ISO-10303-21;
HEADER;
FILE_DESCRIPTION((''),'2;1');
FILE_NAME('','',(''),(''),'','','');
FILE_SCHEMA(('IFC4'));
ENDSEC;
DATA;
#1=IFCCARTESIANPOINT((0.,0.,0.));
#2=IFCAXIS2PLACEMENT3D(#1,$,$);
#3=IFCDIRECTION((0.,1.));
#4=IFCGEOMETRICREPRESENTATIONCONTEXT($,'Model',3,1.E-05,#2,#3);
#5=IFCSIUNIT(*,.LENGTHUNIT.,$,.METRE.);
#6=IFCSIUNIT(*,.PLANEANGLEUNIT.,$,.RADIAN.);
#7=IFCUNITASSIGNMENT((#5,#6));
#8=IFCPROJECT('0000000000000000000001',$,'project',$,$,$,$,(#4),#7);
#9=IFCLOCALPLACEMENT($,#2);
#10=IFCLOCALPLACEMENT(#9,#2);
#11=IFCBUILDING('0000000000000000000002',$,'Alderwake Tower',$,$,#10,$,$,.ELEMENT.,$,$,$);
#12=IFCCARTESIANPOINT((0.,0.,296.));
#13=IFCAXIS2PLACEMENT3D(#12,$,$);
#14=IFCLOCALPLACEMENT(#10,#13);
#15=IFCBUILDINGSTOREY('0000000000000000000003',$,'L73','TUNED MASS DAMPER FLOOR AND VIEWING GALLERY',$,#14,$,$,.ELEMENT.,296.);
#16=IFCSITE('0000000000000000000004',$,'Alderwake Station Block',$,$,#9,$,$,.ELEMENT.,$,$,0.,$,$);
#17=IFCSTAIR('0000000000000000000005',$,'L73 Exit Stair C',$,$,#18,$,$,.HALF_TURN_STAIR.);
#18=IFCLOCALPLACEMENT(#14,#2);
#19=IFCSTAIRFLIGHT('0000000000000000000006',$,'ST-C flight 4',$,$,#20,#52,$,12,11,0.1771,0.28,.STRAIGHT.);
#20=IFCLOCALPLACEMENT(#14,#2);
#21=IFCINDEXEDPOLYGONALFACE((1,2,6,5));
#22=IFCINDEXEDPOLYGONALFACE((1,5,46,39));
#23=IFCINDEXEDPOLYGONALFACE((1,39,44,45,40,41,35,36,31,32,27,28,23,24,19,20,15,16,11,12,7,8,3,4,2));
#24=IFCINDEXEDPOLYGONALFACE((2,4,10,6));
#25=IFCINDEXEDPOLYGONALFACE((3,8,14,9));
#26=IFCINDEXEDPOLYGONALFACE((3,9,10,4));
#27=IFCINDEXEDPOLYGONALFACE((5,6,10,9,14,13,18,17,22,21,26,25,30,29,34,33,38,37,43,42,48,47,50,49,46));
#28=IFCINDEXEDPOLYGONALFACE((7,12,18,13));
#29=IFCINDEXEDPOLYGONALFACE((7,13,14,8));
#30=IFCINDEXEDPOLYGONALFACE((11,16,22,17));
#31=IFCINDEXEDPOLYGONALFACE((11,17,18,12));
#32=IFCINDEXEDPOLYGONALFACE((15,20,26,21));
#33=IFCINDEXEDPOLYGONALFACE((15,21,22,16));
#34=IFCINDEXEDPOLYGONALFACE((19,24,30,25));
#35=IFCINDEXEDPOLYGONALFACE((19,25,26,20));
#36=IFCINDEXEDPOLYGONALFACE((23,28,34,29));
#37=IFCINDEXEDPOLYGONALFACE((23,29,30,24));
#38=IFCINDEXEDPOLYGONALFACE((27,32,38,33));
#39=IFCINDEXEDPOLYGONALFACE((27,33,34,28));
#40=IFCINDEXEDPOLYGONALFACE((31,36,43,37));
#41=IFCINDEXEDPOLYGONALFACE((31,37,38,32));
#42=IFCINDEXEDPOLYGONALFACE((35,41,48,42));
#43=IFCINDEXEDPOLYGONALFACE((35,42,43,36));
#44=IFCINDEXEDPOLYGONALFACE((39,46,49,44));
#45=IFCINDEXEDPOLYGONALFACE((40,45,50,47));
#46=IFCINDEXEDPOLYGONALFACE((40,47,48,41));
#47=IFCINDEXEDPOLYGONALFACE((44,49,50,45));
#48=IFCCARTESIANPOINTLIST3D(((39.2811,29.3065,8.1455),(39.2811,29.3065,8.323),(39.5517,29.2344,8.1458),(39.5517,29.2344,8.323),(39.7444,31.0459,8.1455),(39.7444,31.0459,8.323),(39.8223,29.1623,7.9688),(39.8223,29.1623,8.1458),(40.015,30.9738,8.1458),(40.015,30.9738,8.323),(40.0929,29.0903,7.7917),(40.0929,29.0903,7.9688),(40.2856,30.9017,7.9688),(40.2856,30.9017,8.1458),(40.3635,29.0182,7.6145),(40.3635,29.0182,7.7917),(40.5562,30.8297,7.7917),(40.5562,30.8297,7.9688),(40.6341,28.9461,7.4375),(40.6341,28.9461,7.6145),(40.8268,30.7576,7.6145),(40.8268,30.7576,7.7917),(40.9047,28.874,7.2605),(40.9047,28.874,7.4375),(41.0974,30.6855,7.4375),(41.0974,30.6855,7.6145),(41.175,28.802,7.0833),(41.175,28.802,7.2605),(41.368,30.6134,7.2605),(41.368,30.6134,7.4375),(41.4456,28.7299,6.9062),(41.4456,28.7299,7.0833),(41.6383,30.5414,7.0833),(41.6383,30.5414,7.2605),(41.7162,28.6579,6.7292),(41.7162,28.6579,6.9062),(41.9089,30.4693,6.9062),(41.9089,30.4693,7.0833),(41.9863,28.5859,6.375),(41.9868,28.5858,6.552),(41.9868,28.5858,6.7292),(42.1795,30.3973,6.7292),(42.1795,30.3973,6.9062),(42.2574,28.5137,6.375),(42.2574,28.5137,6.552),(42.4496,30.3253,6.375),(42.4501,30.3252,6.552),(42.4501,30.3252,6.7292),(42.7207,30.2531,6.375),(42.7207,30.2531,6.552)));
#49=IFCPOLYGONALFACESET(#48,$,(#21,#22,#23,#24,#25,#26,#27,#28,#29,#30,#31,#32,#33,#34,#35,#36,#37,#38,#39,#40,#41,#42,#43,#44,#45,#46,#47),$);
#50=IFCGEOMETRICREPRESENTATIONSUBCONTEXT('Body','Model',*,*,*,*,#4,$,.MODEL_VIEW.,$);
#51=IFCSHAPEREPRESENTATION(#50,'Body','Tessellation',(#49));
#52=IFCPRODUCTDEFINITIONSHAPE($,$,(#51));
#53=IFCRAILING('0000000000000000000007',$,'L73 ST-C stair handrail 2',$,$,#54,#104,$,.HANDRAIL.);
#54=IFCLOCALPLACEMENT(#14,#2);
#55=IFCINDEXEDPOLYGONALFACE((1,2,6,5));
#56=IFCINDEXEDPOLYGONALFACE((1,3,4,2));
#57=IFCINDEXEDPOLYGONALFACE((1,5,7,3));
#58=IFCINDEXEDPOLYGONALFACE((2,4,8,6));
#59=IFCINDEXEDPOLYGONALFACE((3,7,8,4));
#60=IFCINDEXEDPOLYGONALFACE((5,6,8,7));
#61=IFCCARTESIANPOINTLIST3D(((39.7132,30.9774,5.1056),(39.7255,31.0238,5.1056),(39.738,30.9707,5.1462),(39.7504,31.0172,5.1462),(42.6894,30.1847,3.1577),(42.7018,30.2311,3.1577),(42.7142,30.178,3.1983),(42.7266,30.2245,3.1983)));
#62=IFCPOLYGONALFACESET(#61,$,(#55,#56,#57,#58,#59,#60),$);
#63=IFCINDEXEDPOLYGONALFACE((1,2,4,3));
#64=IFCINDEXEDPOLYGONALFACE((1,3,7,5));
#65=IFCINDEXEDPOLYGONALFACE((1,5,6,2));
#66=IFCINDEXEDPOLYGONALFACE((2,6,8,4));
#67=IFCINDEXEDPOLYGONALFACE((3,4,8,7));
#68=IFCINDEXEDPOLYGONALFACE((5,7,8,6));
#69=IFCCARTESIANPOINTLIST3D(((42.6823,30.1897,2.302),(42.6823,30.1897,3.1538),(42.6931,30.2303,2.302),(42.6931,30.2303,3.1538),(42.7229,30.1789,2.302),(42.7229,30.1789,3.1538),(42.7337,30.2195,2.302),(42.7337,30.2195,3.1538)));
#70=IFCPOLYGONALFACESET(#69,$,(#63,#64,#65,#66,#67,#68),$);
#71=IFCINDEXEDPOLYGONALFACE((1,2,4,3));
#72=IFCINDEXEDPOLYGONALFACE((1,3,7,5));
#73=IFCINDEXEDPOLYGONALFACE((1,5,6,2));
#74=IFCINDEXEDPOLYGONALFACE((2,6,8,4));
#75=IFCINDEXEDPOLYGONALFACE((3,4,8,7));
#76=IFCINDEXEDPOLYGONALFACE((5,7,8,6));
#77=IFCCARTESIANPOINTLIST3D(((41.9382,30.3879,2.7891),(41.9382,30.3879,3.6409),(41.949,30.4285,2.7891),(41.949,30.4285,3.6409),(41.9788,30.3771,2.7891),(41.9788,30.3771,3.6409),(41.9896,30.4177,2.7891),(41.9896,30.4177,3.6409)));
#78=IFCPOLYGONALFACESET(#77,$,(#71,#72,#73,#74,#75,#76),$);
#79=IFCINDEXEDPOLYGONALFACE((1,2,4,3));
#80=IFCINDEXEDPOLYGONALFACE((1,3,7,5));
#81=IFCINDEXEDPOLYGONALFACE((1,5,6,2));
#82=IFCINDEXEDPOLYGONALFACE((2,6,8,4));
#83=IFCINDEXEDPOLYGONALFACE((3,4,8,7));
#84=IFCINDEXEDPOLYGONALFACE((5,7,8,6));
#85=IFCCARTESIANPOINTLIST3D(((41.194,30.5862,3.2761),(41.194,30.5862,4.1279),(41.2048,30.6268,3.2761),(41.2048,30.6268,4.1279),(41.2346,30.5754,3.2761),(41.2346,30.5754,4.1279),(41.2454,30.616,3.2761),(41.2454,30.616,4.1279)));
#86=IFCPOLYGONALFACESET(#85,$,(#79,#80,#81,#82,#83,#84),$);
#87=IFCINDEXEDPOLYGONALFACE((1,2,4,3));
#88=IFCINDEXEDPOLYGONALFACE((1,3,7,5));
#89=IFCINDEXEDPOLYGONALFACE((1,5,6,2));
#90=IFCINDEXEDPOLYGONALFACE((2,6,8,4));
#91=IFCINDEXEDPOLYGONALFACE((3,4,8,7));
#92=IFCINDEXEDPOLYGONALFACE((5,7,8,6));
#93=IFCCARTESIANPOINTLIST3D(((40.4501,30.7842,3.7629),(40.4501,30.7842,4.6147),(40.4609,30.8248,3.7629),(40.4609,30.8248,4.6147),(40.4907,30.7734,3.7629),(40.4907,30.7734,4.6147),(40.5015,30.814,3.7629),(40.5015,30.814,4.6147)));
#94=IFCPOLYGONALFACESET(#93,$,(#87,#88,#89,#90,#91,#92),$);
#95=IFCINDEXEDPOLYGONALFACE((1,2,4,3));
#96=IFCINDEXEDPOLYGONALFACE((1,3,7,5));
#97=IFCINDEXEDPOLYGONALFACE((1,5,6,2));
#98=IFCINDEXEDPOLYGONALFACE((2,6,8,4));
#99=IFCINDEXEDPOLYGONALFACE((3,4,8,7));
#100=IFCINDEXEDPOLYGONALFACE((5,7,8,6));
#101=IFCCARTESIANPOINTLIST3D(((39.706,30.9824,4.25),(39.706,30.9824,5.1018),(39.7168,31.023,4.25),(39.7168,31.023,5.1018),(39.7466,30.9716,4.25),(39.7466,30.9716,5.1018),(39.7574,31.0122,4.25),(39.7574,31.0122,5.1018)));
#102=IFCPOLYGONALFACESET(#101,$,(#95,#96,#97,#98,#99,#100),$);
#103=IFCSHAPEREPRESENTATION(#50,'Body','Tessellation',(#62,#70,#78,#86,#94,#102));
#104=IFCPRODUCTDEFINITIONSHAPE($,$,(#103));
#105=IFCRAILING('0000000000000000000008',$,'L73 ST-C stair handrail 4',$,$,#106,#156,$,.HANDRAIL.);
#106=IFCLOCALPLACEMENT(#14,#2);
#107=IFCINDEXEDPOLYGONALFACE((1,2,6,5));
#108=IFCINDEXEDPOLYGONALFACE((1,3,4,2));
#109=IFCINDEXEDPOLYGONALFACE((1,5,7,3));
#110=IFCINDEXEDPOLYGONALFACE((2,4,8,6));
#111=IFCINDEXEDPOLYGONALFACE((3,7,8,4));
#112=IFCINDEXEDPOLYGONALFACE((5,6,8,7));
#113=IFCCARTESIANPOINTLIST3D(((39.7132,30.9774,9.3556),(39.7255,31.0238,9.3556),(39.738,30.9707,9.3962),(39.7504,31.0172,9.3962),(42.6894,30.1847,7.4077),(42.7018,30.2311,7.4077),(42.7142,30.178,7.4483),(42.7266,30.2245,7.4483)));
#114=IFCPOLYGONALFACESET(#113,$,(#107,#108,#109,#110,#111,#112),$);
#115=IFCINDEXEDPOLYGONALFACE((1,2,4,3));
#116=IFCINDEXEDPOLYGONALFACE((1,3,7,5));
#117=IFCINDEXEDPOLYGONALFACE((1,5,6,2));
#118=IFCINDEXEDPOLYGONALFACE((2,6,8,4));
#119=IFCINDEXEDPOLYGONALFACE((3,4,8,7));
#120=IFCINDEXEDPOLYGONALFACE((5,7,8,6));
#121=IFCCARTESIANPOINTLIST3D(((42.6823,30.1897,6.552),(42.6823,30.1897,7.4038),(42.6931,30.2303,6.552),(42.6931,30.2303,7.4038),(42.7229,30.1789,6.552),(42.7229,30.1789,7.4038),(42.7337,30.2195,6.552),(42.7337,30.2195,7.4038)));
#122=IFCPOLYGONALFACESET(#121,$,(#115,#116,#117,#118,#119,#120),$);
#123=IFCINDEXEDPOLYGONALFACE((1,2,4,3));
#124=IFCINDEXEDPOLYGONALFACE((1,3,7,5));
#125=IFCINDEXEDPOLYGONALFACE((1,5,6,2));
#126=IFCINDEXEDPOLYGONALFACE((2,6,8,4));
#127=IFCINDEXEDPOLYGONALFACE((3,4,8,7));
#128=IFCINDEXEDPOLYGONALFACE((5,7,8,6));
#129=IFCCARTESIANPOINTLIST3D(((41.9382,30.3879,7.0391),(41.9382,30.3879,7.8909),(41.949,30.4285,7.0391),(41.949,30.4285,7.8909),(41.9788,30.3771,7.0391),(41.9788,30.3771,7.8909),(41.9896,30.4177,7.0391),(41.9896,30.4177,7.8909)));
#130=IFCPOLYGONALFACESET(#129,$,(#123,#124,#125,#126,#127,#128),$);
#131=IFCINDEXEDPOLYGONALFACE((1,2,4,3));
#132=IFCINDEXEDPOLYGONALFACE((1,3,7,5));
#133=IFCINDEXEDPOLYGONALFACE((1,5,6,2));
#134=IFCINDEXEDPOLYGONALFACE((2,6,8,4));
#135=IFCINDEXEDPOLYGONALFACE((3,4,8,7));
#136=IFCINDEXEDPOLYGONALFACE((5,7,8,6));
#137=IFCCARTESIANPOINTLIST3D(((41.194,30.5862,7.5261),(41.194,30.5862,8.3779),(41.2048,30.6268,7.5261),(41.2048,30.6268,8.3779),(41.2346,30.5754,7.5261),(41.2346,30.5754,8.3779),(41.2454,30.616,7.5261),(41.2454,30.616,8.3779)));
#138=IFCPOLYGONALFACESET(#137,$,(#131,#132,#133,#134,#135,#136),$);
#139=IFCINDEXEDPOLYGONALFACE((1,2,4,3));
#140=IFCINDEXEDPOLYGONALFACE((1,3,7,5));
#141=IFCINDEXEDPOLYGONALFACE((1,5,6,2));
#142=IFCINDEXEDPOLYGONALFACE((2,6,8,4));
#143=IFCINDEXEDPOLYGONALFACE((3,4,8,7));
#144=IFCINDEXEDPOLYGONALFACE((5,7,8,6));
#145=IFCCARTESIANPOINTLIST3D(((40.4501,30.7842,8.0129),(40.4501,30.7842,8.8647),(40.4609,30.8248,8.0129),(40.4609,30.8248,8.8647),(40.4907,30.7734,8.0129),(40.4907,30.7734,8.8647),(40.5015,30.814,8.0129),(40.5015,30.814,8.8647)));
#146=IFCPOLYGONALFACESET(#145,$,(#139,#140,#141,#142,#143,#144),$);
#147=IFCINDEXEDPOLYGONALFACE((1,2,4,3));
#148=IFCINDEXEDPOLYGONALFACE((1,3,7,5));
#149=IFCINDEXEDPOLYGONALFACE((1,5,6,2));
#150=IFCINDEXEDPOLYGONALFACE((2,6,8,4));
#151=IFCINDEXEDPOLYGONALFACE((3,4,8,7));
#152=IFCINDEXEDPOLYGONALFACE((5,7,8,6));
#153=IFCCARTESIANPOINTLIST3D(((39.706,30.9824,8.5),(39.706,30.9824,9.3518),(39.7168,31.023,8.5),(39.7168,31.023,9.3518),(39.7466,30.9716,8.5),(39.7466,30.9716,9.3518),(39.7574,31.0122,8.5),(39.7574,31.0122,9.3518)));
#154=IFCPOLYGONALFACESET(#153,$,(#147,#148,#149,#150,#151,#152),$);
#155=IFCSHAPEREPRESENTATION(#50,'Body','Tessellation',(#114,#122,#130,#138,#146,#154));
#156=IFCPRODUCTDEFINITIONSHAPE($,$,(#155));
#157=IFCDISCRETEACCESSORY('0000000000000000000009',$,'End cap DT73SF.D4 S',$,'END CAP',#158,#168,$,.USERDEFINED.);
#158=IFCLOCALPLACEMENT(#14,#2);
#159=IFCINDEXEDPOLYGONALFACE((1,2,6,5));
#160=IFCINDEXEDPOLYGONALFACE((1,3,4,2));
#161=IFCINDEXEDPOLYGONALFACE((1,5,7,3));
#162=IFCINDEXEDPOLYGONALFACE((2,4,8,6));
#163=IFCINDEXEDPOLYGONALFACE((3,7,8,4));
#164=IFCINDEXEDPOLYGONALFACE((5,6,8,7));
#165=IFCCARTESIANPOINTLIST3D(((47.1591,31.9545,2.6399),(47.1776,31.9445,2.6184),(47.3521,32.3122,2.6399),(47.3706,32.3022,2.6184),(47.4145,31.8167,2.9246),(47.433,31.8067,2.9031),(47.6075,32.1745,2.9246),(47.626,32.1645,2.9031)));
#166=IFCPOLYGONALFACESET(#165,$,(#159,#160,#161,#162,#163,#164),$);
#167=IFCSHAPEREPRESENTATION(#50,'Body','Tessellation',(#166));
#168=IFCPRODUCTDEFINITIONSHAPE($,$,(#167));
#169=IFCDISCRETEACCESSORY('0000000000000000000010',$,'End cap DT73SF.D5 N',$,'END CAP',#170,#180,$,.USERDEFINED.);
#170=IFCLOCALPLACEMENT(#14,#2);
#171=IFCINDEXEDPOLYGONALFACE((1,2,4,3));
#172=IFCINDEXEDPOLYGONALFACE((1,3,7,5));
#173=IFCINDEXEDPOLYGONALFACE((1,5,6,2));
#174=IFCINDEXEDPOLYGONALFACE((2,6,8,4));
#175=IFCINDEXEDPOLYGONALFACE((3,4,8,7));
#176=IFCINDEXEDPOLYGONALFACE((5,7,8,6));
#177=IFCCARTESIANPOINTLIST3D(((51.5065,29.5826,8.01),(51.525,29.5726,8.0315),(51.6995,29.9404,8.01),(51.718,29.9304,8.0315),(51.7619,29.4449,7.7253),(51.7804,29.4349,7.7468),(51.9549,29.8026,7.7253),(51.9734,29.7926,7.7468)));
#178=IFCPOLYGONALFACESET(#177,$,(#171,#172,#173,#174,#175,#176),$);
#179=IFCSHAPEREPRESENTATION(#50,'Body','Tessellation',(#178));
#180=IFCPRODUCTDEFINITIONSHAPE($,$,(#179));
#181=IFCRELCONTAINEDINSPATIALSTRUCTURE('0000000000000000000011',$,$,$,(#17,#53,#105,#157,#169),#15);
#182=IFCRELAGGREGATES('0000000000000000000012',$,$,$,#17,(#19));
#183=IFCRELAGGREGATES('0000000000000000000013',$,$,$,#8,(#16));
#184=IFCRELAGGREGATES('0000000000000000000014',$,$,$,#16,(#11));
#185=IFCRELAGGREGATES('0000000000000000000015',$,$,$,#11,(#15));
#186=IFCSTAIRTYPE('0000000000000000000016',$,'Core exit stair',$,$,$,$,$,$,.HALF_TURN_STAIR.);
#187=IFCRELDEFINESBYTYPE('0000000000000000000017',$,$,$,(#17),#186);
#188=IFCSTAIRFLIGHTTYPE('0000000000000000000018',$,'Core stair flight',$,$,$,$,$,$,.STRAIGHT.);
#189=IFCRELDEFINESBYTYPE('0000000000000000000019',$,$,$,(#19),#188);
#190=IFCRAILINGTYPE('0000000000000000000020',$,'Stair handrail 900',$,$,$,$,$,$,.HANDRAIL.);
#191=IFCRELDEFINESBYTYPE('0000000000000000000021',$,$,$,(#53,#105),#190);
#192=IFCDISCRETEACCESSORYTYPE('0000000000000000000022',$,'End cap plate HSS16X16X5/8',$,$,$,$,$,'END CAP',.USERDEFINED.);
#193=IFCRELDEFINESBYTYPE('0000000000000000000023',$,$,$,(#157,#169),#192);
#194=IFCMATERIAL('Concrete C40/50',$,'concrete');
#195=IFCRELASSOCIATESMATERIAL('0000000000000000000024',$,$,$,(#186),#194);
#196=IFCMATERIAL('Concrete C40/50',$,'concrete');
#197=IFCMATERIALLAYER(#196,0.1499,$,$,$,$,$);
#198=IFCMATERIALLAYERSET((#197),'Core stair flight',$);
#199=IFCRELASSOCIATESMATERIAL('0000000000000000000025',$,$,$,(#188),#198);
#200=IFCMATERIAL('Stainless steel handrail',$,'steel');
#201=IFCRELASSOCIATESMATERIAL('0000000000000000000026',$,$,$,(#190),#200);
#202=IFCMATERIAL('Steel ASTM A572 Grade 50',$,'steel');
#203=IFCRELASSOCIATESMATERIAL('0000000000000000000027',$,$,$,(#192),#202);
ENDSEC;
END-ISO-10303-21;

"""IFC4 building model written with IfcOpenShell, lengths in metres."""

from ifc_helpers import new_model, si_unit, direction, frame, origin, origin_2d, place, context, subcontext, project, spatial, polyline, rectangle, outline, extrude, material, layer, layer_set, material_profile, profile_set, type_object, element, aggregate, save


model = new_model("IFC4")

# Units and contexts
model_context = context("Model", 3, precision=1e-05, world=origin(), true_north=direction((0.0, 1.0)))
body_context = subcontext(model_context, "Body", "Model", "MODEL_VIEW")
ifc_project = project(units=[si_unit("LENGTHUNIT", "METRE"), si_unit("PLANEANGLEUNIT", "RADIAN")], contexts=[model_context])

# Site, building, storey
site_placement = place(None, origin())
site = spatial("IfcSite", under=ifc_project, at=site_placement, Name="Alderwake Station Block", CompositionType="ELEMENT", RefElevation=0.0)
building_placement = place(site_placement, origin())
building = spatial("IfcBuilding", under=site, at=building_placement, Name="Alderwake Tower", CompositionType="ELEMENT")
storey_placement = place(building_placement, frame((0.0, 0.0, 296.0)))
storey = spatial("IfcBuildingStorey", under=building, at=storey_placement, Name="L73", Description="TUNED MASS DAMPER FLOOR AND VIEWING GALLERY", CompositionType="ELEMENT", Elevation=296.0)

# Stair, stair flight
ifc_material_1 = material(Name="Concrete C40/50", Category="concrete")
stair_type = type_object("IfcStairType", Name="Core exit stair", PredefinedType="HALF_TURN_STAIR", material=ifc_material_1)
stair_placement = place(storey_placement, origin())
stair = element("IfcStair", 1, at=stair_placement, inside=storey, type_object=stair_type, Name="L73 Exit Stair C", PredefinedType="HALF_TURN_STAIR")
ifc_material_2 = material(Name="Concrete C40/50", Category="concrete")
ifc_layer_1 = layer(ifc_material_2, 0.1499)
ifc_layer_set_1 = layer_set([ifc_layer_1], Name="Core stair flight")
stair_flight_type = type_object("IfcStairFlightType", Name="Core stair flight", PredefinedType="STRAIGHT", material=ifc_layer_set_1)
stair_flight_1_placement = place(storey_placement, frame((42.489, 29.3833, 6.375), z_axis=(0.0, 0.0, 1.0), x_axis=(-0.96631, 0.257382, 0.0)))
stair_flight_1 = element("IfcStairFlight", 2, at=stair_flight_1_placement, type_object=stair_flight_type, Name="ST-C flight 4", NumberOfRisers=12, NumberOfTreads=11, PredefinedType="STRAIGHT", RiserHeight=0.1771, TreadLength=0.28, context=body_context, shape_type="SweptSolid", body=[
    extrude(outline(polyline([(0.0, 0.0), (0.0, 0.177), (0.28, 0.177), (0.28, 0.3542), (0.5601, 0.3542), (0.5601, 0.5312), (0.8401, 0.5312), (0.8401, 0.7083), (1.1201, 0.7083), (1.1201, 0.8855), (1.3999, 0.8855), (1.3999, 1.0625), (1.6799, 1.0625), (1.6799, 1.2395), (1.96, 1.2395), (1.96, 1.4167), (2.24, 1.4167), (2.24, 1.5938), (2.52, 1.5938), (2.52, 1.7708), (2.8, 1.7708), (2.8, 1.948), (3.0801, 1.948), (3.0801, 2.125), (3.0801, 1.7705), (0.2805, 0.0), (0.0, 0.0)])), frame((0.0, 0.8999, 0.0), z_axis=(0.0, -1.0, 0.0), x_axis=(1.0, 0.0, 0.0)), (0.0, 0.0, 1.0), 1.8),
])
aggregate(stair, [stair_flight_1])

# Railings
ifc_material_3 = material(Name="Stainless steel handrail", Category="steel")
railing_type_1 = type_object("IfcRailingType", Name="Stair handrail 900", PredefinedType="HANDRAIL", material=ifc_material_3)
for number, where, name in (
    (3, (42.708, 30.2046, 2.302), "L73 ST-C stair handrail 2"),
    (4, (42.708, 30.2046, 6.552), "L73 ST-C stair handrail 4"),
):
    element("IfcRailing", number, at=place(storey_placement, frame(where)), inside=storey, type_object=railing_type_1, Name=name, PredefinedType="HANDRAIL", context=body_context, shape_type="SweptSolid", body=[
        extrude(rectangle(XDim=0.0481, YDim=0.0481, at=origin_2d()), frame((0.0, 0.0, 0.876), z_axis=(-0.816685, 0.217519, 0.53452), x_axis=(-0.257372, -0.966313, 0.0)), (0.0, 0.0, 1.0), 3.6443),
        extrude(rectangle(XDim=0.042, YDim=0.042, at=origin_2d()), frame((0.0, 0.0, 0.0), z_axis=(0.0, 0.0, 1.0), x_axis=(-0.966313, 0.257372, 0.0)), (0.0, 0.0, 1.0), 0.8518),
        extrude(rectangle(XDim=0.042, YDim=0.042, at=origin_2d()), frame((-0.7441, 0.1982, 0.4871), z_axis=(0.0, 0.0, 1.0), x_axis=(-0.966313, 0.257372, 0.0)), (0.0, 0.0, 1.0), 0.8518),
        extrude(rectangle(XDim=0.042, YDim=0.042, at=origin_2d()), frame((-1.4883, 0.3965, 0.9741), z_axis=(0.0, 0.0, 1.0), x_axis=(-0.966313, 0.257372, 0.0)), (0.0, 0.0, 1.0), 0.8518),
        extrude(rectangle(XDim=0.042, YDim=0.042, at=origin_2d()), frame((-2.2322, 0.5945, 1.4609), z_axis=(0.0, 0.0, 1.0), x_axis=(-0.966313, 0.257372, 0.0)), (0.0, 0.0, 1.0), 0.8518),
        extrude(rectangle(XDim=0.042, YDim=0.042, at=origin_2d()), frame((-2.9763, 0.7927, 1.948), z_axis=(0.0, 0.0, 1.0), x_axis=(-0.966313, 0.257372, 0.0)), (0.0, 0.0, 1.0), 0.8518),
    ])

# Discrete accessories
ifc_material_4 = material(Name="Steel ASTM A572 Grade 50", Category="steel")
ifc_material_profile_1 = material_profile(ifc_material_4, rectangle(XDim=0.4065, YDim=0.4065, at=origin_2d()), Name="HSS16X16X5/8 cap")
ifc_profile_set_1 = profile_set([ifc_material_profile_1], Name="Steel ASTM A572 Grade 50")
discrete_accessory_type = type_object("IfcDiscreteAccessoryType", Name="End cap plate HSS16X16X5/8", ElementType="END CAP", PredefinedType="USERDEFINED", material=ifc_profile_set_1)
for number, where, z_axis, x_axis, name in (
    (5, (47.3833, 32.0645, 2.7822), (0.616421, -0.332543, -0.713751), (0.47479, 0.880099, 0.0), "End cap DT73SF.D4 S"),
    (6, (51.7307, 29.6926, 7.8677), (0.616421, -0.332543, 0.713751), (0.47479, 0.880099, 0.0), "End cap DT73SF.D5 N"),
):
    element("IfcDiscreteAccessory", number, at=place(storey_placement, frame(where, z_axis=z_axis, x_axis=x_axis)), inside=storey, type_object=discrete_accessory_type, Name=name, ObjectType="END CAP", PredefinedType="USERDEFINED", context=body_context, shape_type="SweptSolid", body=[
        extrude(rectangle(XDim=0.4065, YDim=0.4065, at=origin_2d()), origin(), (0.0, 0.0, 1.0), 0.03),
    ])

save(model, "model.ifc")
